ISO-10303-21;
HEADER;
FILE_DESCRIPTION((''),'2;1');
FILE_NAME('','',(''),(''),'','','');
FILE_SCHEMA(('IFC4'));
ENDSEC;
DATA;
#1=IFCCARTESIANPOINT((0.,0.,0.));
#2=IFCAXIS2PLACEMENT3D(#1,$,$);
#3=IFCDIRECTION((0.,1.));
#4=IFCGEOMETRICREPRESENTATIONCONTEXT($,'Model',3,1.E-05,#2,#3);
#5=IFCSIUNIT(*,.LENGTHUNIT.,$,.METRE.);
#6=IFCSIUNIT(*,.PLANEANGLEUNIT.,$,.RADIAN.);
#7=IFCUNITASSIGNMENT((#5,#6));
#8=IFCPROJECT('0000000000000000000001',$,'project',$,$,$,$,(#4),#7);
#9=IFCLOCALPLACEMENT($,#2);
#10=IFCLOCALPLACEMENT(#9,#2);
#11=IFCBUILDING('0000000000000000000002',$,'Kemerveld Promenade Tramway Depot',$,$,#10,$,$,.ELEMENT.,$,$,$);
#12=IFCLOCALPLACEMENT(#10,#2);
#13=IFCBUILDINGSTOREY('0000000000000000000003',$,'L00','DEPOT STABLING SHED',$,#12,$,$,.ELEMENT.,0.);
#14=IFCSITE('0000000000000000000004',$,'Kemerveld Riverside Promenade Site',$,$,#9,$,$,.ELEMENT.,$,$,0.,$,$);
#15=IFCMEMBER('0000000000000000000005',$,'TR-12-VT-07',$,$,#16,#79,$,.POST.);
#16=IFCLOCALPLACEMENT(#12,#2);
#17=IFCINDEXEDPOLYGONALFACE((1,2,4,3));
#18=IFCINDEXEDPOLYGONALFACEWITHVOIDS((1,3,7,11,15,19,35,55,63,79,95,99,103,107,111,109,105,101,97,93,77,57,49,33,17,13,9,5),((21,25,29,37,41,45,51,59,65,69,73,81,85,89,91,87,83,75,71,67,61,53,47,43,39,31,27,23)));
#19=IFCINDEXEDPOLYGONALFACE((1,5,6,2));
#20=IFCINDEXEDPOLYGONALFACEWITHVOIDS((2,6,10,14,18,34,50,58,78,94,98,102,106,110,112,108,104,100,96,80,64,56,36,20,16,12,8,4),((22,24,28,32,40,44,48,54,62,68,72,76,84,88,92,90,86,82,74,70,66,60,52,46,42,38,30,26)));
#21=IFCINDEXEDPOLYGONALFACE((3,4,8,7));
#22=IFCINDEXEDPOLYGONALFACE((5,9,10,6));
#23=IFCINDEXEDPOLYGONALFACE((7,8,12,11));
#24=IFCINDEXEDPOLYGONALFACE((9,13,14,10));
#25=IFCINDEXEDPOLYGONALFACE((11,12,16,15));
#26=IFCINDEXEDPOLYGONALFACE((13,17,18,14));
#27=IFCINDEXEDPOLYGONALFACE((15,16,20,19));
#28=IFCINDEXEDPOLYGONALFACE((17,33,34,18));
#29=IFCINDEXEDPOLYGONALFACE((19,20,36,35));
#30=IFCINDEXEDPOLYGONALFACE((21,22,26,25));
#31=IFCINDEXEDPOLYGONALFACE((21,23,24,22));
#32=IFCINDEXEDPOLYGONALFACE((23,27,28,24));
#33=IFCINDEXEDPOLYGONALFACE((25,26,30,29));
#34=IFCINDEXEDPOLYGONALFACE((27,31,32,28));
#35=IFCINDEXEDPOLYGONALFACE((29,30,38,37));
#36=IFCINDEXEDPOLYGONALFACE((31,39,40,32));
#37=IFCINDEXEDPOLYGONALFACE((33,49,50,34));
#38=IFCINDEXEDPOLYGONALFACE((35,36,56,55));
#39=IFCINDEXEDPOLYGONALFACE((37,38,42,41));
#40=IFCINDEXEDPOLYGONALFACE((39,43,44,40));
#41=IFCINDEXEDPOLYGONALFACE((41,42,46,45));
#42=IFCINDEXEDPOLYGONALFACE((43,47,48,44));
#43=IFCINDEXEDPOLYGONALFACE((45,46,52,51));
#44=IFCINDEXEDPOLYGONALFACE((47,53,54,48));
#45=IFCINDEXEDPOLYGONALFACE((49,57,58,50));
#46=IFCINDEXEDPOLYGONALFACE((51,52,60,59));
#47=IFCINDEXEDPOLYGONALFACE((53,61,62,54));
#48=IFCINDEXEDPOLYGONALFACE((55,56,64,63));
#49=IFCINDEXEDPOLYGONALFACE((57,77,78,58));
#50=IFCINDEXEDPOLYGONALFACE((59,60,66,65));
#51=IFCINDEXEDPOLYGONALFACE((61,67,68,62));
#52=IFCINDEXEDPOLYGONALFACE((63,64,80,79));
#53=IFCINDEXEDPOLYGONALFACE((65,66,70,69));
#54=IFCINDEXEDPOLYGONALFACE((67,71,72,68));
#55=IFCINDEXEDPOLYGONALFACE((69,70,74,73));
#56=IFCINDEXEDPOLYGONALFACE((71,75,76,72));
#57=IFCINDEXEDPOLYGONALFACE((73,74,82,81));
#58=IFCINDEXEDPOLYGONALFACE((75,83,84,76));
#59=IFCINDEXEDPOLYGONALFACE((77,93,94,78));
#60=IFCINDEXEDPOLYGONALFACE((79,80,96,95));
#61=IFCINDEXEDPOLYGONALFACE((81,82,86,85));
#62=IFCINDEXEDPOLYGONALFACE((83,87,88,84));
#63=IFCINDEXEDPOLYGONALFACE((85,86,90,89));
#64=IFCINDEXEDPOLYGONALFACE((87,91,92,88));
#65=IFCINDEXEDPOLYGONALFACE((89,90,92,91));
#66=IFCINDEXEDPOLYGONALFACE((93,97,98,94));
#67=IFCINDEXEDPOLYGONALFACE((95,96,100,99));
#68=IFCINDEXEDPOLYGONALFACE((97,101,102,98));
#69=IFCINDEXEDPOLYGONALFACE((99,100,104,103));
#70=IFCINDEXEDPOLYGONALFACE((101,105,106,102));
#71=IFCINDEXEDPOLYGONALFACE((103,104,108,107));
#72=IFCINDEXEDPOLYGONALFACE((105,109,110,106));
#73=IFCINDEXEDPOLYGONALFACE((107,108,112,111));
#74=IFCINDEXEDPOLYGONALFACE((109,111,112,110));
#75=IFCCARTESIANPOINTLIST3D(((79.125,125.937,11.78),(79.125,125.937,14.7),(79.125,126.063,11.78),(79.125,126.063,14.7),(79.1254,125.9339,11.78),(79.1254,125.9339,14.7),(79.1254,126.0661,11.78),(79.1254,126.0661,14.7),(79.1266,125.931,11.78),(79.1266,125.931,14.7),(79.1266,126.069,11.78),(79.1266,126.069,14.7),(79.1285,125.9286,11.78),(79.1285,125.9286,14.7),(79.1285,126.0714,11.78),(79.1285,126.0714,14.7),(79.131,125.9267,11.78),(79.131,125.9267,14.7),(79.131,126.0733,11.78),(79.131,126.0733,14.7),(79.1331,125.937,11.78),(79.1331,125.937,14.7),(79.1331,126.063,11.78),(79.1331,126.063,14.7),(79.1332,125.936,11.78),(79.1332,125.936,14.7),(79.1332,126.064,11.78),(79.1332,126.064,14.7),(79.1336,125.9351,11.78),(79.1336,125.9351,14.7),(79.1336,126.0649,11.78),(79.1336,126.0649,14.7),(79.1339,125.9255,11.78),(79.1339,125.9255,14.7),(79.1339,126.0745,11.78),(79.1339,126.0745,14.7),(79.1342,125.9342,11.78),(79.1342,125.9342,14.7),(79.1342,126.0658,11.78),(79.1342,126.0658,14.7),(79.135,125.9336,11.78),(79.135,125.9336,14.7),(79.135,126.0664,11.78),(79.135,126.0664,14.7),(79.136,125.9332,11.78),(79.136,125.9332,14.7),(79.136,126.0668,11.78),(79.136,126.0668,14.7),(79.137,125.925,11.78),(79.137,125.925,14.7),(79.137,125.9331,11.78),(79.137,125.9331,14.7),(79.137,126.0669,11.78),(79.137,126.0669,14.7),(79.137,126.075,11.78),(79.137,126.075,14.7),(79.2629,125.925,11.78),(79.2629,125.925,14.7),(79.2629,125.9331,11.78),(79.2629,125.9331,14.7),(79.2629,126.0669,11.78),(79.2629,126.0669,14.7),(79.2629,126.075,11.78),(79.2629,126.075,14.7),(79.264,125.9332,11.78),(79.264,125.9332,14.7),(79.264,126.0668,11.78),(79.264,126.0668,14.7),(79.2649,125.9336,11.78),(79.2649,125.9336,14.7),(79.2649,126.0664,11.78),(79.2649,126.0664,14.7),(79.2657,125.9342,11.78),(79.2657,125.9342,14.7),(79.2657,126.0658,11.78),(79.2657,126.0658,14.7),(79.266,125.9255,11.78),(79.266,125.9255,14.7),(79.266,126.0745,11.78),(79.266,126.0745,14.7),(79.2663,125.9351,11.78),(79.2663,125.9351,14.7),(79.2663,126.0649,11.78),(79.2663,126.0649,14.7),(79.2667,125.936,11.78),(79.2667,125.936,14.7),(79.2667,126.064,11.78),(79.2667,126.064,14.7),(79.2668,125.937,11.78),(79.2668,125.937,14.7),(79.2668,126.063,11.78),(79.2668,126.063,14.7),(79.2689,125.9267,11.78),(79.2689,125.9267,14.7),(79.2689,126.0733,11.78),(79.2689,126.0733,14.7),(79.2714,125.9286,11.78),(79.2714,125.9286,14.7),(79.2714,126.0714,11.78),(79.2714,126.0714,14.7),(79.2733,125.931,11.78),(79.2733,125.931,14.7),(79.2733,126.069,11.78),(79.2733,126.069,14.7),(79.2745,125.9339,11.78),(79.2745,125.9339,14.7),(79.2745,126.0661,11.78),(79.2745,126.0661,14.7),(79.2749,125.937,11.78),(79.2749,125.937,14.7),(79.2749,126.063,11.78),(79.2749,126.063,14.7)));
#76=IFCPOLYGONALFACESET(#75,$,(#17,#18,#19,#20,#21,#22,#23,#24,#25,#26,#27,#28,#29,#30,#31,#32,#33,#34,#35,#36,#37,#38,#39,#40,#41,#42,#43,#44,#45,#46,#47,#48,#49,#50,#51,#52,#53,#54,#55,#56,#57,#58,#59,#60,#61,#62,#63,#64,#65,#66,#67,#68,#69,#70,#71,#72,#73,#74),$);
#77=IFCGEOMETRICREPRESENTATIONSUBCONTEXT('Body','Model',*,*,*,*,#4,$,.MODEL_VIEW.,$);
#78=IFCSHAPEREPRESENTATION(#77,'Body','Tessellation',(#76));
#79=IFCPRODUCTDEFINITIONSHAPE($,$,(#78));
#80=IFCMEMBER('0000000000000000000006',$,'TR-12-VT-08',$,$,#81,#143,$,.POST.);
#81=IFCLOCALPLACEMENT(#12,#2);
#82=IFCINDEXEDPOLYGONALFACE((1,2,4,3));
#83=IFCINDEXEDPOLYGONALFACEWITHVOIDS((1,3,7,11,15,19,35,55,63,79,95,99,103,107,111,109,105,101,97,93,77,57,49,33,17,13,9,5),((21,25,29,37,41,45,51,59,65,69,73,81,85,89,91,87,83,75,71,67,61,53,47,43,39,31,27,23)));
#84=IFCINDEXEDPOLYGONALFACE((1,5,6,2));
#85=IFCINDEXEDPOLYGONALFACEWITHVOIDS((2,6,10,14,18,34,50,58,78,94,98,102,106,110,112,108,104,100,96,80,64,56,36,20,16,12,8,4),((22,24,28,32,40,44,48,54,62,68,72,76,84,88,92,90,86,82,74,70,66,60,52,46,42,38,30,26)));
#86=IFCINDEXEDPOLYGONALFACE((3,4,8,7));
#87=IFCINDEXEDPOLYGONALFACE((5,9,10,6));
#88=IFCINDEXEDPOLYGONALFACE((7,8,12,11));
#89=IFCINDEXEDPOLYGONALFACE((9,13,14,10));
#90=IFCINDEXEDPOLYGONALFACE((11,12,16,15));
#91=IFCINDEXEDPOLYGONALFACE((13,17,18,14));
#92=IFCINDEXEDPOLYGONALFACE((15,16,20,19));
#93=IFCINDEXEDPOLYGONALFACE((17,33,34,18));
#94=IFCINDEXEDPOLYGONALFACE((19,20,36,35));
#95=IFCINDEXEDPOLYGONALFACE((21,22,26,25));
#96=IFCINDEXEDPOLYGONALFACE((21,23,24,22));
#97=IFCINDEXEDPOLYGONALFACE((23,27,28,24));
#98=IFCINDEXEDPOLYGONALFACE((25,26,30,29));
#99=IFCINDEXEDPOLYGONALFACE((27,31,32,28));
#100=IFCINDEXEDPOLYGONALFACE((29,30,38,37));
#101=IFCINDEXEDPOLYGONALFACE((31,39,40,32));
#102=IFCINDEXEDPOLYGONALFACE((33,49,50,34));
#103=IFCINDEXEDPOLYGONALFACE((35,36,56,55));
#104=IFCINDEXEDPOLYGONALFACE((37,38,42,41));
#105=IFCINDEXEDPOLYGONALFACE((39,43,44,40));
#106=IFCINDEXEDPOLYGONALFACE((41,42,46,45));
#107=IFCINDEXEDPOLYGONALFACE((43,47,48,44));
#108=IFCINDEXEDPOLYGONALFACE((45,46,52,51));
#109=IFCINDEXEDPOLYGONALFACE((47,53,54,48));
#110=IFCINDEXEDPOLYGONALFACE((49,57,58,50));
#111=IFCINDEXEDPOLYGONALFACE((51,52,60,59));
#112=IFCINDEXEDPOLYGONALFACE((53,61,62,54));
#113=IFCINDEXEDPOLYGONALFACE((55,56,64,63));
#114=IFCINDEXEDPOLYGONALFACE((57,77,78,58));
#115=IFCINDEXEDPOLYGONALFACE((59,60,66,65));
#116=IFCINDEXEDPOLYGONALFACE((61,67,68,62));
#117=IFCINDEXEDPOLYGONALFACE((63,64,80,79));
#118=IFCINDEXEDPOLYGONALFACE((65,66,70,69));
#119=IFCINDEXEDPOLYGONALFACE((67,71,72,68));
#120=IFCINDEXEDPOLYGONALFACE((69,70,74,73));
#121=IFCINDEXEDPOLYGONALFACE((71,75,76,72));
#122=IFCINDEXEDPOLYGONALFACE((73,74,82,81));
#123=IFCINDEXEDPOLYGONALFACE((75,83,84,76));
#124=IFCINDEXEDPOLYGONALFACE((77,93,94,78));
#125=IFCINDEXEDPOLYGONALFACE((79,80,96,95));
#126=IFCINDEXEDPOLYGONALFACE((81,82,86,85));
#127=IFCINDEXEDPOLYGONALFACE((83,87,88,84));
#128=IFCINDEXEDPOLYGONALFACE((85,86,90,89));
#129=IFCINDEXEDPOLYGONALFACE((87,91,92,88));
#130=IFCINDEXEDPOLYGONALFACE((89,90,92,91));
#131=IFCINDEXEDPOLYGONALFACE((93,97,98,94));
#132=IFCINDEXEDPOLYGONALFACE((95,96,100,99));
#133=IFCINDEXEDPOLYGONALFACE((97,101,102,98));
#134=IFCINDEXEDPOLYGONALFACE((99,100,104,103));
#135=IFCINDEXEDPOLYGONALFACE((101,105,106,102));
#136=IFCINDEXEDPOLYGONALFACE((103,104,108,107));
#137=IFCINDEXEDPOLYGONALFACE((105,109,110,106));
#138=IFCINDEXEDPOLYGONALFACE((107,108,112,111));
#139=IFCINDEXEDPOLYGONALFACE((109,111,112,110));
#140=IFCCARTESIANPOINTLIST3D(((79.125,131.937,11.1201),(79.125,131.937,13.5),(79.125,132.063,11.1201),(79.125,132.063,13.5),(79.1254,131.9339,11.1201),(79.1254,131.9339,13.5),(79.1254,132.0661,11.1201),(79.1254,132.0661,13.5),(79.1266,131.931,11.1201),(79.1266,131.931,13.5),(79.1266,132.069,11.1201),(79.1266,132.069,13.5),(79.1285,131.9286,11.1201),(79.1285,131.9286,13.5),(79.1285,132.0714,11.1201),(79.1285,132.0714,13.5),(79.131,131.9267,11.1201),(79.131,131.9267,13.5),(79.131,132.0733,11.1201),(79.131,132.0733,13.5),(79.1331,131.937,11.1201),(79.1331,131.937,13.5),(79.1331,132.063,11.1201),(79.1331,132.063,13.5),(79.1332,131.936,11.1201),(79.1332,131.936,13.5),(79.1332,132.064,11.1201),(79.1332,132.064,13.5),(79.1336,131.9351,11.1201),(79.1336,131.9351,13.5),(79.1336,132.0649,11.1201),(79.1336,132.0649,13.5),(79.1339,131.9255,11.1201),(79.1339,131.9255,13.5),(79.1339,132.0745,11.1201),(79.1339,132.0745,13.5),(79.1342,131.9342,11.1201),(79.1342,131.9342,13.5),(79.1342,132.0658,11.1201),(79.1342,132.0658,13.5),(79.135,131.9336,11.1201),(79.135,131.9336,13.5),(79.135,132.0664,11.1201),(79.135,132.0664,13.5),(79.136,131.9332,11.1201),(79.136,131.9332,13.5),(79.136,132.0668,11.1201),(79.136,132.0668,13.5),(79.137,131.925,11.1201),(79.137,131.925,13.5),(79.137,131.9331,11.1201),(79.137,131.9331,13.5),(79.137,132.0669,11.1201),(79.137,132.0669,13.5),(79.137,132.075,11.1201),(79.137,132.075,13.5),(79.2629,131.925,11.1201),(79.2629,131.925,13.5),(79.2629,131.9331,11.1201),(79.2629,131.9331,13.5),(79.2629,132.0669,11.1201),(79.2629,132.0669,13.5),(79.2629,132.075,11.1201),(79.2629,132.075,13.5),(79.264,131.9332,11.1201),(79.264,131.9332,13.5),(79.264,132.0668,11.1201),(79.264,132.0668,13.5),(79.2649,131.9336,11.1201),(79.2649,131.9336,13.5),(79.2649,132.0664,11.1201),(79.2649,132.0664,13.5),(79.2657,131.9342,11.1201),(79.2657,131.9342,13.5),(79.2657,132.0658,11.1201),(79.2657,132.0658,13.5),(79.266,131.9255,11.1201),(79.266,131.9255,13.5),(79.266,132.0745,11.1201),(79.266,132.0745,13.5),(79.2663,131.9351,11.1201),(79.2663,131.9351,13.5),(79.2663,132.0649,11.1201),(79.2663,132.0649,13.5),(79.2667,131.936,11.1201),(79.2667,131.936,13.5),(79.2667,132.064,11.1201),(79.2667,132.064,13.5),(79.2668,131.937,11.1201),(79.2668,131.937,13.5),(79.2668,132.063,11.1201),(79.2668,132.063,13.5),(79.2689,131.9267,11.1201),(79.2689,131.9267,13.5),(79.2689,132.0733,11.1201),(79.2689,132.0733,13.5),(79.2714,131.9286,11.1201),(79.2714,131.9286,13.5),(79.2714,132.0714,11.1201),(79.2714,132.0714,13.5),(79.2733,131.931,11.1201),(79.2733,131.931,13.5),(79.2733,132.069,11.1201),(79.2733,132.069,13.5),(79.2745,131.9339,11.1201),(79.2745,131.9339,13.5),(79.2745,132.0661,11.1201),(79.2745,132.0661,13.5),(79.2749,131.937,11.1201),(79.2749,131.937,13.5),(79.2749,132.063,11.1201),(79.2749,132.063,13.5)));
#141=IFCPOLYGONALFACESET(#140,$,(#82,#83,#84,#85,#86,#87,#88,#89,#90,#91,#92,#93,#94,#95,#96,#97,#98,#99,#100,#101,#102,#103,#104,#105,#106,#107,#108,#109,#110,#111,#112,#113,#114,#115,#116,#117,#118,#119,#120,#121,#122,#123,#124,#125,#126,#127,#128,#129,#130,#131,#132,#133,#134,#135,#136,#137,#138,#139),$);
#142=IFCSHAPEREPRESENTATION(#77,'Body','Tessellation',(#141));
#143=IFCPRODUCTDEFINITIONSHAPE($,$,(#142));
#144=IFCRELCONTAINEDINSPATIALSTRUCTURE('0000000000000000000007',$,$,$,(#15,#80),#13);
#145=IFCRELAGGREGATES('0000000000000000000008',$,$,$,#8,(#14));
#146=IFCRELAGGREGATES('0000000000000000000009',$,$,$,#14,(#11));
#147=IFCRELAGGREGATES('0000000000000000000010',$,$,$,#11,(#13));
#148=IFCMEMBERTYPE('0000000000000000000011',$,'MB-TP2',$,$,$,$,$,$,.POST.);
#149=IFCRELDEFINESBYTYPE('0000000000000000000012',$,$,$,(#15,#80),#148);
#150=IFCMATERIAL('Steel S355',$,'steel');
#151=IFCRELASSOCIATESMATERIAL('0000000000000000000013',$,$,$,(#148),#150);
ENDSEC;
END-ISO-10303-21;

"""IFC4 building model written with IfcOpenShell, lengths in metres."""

from ifc_helpers import new_model, si_unit, direction, frame, origin, origin_2d, place, context, subcontext, project, spatial, hollow_rectangle, extrude, material, material_profile, profile_set, type_object, element, save


model = new_model("IFC4")

# Units and contexts
model_context = context("Model", 3, precision=1e-05, world=origin(), true_north=direction((0.0, 1.0)))
body_context = subcontext(model_context, "Body", "Model", "MODEL_VIEW")
ifc_project = project(units=[si_unit("LENGTHUNIT", "METRE"), si_unit("PLANEANGLEUNIT", "RADIAN")], contexts=[model_context])

# Site, building, storey
site_placement = place(None, origin())
site = spatial("IfcSite", under=ifc_project, at=site_placement, Name="Kemerveld Riverside Promenade Site", CompositionType="ELEMENT", RefElevation=0.0)
building_placement = place(site_placement, origin())
building = spatial("IfcBuilding", under=site, at=building_placement, Name="Kemerveld Promenade Tramway Depot", CompositionType="ELEMENT")
storey_placement = place(building_placement, origin())
storey = spatial("IfcBuildingStorey", under=building, at=storey_placement, Name="L00", Description="DEPOT STABLING SHED", CompositionType="ELEMENT", Elevation=0.0)

# Members
ifc_material_1 = material(Name="Steel S355", Category="steel")
ifc_material_profile_1 = material_profile(ifc_material_1, hollow_rectangle(XDim=0.1499, YDim=0.1499, WallThickness=0.0081, InnerFilletRadius=0.0039, OuterFilletRadius=0.012, at=origin_2d()), Name="150x150x8.0 SHS")
ifc_profile_set_1 = profile_set([ifc_material_profile_1], Name="Steel S355")
member_type_1 = type_object("IfcMemberType", Name="MB-TP2", PredefinedType="POST", material=ifc_profile_set_1)
member_1_placement = place(storey_placement, frame((79.2, 126.0, 11.78), z_axis=(0.0, 0.0, 1.0), x_axis=(1.0, 0.0, 0.0)))
element("IfcMember", 1, at=member_1_placement, inside=storey, type_object=member_type_1, Name="TR-12-VT-07", PredefinedType="POST", context=body_context, shape_type="SweptSolid", body=[
    extrude(hollow_rectangle(XDim=0.1499, YDim=0.1499, WallThickness=0.0081, InnerFilletRadius=0.0039, OuterFilletRadius=0.012, at=origin_2d()), origin(), (0.0, 0.0, 1.0), 2.9199),
])
member_2_placement = place(storey_placement, frame((79.2, 132.0, 11.1201), z_axis=(0.0, 0.0, 1.0), x_axis=(1.0, 0.0, 0.0)))
element("IfcMember", 2, at=member_2_placement, inside=storey, type_object=member_type_1, Name="TR-12-VT-08", PredefinedType="POST", context=body_context, shape_type="SweptSolid", body=[
    extrude(hollow_rectangle(XDim=0.1499, YDim=0.1499, WallThickness=0.0081, InnerFilletRadius=0.0039, OuterFilletRadius=0.012, at=origin_2d()), origin(), (0.0, 0.0, 1.0), 2.3799),
])

save(model, "model.ifc")
